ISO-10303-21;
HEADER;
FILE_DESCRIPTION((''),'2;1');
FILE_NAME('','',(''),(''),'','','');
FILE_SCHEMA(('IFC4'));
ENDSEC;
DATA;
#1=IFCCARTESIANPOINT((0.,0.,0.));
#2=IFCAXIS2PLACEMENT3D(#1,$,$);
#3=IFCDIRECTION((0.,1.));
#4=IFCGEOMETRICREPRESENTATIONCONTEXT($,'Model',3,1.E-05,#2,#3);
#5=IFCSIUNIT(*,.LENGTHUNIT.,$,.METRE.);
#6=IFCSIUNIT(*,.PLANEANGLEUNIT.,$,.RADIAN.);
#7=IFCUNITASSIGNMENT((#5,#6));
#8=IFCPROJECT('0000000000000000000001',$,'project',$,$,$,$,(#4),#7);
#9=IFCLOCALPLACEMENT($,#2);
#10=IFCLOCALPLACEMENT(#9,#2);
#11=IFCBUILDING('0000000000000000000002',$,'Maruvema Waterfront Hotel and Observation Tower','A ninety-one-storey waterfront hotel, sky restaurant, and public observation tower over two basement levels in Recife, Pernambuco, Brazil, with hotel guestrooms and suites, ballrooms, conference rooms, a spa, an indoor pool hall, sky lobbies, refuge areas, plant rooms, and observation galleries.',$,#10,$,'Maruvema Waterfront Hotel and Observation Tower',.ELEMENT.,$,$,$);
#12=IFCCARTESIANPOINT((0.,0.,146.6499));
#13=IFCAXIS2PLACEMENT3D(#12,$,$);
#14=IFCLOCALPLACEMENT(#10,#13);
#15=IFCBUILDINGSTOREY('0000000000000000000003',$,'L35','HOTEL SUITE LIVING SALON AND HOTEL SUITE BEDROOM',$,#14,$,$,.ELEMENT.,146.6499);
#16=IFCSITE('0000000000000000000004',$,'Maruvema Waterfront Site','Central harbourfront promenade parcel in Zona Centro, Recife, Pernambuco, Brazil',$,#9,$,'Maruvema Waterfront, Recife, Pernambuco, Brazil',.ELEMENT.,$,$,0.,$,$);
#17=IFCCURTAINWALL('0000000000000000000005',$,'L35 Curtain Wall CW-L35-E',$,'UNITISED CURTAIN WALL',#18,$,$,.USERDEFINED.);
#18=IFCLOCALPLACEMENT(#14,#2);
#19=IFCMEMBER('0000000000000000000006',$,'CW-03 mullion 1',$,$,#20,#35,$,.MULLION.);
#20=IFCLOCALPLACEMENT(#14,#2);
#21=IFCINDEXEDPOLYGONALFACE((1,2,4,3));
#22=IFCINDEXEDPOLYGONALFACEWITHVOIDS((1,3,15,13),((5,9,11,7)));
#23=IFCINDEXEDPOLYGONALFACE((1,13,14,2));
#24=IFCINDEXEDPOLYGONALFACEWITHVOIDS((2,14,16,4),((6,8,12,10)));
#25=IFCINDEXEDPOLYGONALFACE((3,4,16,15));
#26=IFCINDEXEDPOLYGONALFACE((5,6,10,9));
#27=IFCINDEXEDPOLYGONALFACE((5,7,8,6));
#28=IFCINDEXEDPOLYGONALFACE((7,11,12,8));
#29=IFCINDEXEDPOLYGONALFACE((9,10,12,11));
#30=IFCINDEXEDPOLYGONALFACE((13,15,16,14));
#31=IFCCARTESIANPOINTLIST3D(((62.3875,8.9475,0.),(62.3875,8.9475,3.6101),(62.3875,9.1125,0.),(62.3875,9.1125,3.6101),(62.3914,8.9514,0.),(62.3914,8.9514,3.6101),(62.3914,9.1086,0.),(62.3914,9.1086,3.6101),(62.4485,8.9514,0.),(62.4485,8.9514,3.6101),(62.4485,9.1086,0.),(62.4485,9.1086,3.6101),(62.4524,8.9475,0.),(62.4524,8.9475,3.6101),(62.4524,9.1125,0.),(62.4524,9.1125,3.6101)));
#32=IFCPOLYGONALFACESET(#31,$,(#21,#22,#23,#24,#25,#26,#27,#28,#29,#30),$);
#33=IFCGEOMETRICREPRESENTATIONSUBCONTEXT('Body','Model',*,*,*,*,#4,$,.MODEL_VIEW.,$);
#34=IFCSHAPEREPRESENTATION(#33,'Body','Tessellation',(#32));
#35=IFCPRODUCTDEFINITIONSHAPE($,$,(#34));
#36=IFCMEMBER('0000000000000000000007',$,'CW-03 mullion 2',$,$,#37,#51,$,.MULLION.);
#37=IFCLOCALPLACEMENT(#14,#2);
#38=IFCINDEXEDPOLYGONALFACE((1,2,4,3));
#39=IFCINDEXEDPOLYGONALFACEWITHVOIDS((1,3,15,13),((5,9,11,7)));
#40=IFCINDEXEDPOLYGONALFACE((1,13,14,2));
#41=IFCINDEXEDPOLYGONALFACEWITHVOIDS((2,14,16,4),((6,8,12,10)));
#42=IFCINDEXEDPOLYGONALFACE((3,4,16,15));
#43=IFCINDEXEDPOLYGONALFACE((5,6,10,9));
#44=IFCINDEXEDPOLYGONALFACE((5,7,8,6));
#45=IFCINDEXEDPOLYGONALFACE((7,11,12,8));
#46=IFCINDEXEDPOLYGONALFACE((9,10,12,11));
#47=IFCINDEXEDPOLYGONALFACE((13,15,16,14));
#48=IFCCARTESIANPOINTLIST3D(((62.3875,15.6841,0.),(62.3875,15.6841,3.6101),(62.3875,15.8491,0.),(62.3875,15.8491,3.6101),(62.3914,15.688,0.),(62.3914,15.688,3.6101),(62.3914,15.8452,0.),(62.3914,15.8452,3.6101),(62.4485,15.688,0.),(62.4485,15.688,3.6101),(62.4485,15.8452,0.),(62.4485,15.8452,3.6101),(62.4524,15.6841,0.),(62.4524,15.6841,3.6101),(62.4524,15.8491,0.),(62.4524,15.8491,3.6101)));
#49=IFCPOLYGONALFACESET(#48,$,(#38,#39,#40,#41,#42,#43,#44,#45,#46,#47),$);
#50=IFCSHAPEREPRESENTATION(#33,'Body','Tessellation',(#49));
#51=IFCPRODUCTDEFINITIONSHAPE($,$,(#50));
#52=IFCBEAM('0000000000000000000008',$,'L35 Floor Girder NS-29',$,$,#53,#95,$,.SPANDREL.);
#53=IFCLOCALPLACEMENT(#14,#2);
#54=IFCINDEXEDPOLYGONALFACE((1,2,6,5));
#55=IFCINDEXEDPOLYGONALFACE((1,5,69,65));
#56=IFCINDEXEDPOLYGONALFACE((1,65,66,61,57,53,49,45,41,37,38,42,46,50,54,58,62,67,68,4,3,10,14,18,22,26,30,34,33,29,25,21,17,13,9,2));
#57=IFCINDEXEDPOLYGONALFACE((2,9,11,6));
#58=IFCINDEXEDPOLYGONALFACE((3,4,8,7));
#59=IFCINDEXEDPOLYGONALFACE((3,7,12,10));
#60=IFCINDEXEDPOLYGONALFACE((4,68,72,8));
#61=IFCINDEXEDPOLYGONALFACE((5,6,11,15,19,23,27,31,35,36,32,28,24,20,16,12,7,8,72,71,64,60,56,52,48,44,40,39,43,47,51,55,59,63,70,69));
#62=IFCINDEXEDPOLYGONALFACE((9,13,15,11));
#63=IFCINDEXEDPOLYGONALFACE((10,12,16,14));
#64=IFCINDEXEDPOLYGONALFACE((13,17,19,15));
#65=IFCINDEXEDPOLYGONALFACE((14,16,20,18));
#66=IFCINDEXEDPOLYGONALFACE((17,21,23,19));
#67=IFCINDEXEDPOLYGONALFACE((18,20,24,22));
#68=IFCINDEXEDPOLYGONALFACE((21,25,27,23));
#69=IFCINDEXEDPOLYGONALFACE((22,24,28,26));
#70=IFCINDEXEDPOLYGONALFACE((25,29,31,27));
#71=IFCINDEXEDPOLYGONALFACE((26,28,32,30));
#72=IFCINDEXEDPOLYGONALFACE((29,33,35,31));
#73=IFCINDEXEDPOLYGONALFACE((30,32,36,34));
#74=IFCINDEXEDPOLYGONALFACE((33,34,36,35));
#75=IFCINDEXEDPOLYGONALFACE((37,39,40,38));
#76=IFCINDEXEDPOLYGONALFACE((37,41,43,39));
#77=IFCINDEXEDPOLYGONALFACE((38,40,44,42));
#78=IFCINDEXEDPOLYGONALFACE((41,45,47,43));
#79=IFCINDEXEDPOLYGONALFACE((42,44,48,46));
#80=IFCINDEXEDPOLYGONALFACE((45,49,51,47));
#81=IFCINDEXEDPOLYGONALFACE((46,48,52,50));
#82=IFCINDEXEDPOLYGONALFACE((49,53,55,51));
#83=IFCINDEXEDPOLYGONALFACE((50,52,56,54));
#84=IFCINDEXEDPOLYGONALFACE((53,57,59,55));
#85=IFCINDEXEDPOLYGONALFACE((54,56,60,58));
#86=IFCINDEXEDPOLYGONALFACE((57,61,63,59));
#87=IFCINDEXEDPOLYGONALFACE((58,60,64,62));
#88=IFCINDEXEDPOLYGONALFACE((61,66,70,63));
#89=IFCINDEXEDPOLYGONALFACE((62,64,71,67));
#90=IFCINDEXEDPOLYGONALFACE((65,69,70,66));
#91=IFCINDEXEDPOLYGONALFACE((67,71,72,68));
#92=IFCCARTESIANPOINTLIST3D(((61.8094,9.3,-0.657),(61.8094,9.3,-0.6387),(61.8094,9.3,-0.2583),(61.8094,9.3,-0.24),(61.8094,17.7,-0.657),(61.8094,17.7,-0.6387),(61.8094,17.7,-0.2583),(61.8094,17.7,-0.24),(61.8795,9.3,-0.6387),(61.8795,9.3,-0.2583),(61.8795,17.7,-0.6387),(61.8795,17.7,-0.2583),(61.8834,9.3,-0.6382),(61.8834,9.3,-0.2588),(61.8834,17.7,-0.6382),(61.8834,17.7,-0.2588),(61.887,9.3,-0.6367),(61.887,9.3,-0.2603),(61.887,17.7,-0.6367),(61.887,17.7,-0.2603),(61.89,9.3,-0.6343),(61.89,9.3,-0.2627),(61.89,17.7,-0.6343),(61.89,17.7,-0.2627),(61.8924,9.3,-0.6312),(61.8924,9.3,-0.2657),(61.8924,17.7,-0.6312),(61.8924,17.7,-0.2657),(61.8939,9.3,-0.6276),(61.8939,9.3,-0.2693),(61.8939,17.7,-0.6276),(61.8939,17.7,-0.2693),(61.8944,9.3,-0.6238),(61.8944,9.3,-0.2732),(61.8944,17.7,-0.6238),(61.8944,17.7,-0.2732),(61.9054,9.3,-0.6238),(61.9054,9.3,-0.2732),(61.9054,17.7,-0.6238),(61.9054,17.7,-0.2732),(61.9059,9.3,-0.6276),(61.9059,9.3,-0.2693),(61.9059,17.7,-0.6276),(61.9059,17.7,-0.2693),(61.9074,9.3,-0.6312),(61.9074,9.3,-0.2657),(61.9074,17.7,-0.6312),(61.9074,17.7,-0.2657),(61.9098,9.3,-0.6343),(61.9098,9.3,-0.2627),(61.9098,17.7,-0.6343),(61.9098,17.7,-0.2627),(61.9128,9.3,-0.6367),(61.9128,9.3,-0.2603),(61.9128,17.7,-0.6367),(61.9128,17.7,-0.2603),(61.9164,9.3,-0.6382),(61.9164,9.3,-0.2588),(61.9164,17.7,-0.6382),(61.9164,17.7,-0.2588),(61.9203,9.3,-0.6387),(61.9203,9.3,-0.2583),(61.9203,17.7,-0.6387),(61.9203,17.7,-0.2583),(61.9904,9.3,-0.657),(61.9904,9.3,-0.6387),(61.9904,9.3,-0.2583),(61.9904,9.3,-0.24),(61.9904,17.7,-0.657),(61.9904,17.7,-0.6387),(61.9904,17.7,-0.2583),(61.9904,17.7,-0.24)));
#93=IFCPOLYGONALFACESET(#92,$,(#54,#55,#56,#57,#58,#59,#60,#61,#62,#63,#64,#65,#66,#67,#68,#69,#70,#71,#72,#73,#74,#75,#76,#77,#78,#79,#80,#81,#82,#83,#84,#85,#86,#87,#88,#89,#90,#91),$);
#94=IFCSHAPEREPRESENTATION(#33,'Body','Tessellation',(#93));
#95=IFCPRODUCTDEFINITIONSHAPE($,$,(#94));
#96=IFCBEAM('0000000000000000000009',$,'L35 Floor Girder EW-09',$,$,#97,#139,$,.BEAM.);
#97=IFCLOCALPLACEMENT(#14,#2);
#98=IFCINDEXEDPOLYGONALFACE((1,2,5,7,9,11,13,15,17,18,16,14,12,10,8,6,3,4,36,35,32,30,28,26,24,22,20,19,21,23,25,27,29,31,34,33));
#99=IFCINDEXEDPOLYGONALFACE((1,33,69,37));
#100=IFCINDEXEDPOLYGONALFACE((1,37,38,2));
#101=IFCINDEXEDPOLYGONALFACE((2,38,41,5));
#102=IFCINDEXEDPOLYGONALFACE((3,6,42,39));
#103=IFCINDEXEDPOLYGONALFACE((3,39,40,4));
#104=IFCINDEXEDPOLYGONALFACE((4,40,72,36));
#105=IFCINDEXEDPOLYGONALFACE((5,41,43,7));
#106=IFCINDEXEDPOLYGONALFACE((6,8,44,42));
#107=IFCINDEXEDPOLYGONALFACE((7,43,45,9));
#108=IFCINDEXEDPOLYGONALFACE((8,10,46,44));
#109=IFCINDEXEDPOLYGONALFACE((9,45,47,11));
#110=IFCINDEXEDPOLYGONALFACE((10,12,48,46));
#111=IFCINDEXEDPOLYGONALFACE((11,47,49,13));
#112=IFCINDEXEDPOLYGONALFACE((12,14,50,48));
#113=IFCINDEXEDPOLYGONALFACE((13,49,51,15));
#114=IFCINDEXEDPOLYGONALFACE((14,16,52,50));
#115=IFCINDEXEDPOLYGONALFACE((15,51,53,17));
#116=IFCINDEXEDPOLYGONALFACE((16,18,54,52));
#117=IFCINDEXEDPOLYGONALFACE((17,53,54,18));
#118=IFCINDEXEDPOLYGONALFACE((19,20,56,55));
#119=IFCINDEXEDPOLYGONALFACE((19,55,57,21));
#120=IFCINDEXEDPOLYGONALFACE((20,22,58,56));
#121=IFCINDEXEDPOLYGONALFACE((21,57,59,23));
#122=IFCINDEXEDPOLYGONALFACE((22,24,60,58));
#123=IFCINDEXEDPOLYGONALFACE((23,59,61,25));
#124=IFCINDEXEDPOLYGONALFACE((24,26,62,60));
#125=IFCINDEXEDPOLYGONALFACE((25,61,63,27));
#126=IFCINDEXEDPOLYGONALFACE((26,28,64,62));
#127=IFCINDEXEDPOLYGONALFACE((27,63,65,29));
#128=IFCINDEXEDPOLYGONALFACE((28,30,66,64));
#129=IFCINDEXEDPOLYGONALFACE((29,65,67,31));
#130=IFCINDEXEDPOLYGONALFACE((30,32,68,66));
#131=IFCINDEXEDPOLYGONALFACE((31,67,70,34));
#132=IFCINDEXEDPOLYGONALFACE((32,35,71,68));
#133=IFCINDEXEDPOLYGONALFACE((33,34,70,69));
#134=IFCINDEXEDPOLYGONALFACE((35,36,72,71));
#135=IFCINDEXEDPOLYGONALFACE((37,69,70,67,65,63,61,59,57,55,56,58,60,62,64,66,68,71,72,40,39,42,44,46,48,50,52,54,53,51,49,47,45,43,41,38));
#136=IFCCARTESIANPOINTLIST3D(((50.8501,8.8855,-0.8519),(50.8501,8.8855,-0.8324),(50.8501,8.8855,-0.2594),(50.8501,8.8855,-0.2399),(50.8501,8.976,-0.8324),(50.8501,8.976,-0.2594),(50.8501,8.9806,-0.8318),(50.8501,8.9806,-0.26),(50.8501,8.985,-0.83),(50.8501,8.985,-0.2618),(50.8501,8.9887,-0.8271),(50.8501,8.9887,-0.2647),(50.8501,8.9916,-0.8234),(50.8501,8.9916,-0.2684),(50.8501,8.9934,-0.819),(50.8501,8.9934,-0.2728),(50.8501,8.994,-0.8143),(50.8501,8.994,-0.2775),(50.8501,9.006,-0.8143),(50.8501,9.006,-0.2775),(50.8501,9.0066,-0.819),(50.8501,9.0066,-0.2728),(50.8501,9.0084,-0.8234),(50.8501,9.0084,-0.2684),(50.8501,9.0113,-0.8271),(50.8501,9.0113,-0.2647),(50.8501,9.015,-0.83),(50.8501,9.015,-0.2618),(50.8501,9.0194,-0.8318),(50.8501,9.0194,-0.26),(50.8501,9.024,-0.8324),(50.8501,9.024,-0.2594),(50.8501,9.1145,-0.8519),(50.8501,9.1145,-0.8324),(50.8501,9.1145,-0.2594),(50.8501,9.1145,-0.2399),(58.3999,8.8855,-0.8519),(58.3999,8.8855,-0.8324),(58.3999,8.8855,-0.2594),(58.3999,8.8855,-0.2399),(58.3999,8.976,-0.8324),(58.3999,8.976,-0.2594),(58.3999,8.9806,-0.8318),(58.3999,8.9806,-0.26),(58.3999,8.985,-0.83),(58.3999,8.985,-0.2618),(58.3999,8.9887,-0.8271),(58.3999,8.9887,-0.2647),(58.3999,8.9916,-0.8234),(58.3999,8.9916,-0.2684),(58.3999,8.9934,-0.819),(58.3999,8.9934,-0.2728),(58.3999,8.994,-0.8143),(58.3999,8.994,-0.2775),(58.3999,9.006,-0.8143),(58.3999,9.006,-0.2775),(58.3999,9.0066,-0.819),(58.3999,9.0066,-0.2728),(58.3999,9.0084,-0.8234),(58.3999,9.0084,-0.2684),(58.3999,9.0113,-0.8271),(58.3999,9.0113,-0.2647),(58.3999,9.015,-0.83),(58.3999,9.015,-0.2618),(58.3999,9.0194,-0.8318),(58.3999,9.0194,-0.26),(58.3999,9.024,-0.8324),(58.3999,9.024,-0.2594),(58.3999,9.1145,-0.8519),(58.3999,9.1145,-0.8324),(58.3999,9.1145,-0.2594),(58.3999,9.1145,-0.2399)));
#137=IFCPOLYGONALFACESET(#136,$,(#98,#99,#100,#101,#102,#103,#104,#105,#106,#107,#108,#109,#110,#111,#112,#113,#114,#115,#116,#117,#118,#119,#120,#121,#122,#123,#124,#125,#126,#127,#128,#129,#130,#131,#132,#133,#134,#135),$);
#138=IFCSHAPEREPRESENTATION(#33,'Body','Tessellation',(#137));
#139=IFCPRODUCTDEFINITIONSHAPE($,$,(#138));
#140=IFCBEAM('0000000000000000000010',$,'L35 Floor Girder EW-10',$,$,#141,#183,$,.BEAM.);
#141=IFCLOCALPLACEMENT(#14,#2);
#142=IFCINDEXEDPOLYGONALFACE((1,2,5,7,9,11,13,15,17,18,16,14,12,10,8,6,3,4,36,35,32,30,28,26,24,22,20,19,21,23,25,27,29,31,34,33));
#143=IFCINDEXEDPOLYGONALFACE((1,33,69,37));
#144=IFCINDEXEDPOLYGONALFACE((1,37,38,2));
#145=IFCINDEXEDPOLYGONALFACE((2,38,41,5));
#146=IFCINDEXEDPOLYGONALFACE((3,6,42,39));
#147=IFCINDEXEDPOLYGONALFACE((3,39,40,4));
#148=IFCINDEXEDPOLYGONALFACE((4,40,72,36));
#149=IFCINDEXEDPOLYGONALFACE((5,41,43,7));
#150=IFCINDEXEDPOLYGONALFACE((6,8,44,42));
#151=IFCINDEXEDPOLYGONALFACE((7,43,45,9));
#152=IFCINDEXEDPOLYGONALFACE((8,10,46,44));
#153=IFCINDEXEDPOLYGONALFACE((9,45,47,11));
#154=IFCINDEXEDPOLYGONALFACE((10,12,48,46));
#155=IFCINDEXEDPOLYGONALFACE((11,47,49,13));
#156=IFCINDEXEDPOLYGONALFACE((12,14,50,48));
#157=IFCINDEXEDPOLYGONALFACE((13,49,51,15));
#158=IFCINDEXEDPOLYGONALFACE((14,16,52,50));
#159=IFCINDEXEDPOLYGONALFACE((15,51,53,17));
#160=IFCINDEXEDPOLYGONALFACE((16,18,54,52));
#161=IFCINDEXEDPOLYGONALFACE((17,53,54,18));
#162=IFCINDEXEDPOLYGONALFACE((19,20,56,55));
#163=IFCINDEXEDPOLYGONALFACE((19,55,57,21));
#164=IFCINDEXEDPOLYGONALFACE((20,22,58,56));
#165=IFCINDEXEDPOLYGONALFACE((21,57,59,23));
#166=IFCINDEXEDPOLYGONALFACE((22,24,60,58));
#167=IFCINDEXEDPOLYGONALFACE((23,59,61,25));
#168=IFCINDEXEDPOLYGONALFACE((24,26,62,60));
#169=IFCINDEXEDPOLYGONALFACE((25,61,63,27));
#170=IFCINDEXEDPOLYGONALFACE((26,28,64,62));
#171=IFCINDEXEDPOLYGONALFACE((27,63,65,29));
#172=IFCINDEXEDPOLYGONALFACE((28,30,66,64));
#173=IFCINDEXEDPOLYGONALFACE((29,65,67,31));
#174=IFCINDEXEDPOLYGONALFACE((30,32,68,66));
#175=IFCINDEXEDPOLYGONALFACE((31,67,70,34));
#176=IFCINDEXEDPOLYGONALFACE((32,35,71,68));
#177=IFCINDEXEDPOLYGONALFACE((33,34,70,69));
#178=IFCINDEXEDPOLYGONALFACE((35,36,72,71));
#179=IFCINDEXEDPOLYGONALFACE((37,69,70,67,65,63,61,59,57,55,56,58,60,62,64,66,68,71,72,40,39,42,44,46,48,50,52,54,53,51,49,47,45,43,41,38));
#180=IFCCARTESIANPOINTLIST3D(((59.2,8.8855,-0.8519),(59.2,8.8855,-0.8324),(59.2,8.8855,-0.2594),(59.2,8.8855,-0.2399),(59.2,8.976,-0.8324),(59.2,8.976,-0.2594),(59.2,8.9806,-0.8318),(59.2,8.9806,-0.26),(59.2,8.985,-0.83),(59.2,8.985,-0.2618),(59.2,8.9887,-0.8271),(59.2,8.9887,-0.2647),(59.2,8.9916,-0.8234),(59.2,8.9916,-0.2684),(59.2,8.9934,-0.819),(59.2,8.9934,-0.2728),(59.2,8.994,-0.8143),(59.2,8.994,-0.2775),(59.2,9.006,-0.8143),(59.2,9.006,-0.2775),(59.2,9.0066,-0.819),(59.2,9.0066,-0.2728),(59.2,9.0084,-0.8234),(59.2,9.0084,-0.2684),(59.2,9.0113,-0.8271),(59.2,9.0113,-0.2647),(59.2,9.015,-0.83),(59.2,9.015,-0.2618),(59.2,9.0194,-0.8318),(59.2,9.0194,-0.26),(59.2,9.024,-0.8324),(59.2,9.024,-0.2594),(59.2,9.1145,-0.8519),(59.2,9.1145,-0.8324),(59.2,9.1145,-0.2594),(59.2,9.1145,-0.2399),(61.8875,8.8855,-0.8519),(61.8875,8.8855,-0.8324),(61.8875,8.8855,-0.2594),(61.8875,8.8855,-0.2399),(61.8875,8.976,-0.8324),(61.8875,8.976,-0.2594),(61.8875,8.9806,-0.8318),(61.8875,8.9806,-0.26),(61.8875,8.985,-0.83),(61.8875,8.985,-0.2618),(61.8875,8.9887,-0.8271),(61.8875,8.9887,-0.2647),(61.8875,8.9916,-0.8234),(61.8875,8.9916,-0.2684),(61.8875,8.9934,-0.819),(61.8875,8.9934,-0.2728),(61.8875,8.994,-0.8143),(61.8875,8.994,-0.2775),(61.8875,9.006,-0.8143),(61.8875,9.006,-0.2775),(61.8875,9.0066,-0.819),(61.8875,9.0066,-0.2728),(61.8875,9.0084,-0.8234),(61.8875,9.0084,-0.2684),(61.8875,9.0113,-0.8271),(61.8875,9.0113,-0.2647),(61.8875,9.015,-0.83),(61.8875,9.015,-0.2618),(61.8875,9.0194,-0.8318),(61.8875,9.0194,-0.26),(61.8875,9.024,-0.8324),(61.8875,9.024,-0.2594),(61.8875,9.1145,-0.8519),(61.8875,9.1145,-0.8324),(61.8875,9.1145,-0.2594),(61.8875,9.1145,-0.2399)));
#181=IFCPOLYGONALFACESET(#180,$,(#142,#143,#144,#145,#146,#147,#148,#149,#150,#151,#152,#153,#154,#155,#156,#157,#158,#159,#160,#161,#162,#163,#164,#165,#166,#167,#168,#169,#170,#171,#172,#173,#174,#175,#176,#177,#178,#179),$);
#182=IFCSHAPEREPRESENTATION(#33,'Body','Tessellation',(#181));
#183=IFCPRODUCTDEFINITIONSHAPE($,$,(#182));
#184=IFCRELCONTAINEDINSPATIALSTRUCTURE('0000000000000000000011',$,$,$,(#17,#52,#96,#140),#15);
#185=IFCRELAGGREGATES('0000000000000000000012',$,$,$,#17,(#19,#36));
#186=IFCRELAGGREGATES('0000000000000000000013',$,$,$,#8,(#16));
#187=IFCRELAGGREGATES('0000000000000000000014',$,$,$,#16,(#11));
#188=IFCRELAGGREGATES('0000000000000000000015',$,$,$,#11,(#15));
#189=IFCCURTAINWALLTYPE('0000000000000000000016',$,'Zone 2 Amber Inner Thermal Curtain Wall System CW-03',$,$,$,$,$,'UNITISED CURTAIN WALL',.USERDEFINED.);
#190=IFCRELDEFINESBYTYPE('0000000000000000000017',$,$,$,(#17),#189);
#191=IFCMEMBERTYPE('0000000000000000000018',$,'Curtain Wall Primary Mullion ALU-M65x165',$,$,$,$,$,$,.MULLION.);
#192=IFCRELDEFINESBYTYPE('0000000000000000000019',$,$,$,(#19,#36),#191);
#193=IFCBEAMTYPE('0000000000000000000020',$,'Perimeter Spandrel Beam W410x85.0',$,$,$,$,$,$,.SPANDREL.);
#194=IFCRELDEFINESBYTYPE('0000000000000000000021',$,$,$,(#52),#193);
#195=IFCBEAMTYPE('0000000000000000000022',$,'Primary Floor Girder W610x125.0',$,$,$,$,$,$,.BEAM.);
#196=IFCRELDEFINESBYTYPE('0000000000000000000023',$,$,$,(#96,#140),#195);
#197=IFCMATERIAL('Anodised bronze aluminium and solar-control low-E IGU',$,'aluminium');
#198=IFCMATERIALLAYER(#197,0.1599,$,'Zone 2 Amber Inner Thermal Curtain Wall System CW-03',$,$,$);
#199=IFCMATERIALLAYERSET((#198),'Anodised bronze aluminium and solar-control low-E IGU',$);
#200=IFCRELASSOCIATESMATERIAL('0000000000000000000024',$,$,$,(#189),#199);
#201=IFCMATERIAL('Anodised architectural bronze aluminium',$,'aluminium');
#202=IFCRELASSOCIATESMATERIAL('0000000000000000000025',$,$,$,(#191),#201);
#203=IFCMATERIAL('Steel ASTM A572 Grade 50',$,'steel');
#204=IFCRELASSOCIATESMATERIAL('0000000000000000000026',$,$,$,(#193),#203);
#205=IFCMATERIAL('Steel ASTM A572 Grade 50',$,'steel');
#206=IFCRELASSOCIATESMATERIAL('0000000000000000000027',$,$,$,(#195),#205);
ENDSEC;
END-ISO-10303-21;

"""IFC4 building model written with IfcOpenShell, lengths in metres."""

from ifc_helpers import new_model, si_unit, direction, frame, origin, origin_2d, place, context, subcontext, project, spatial, hollow_rectangle, i_section, extrude, material, layer, layer_set, material_profile, profile_set, type_object, element, aggregate, save


model = new_model("IFC4")

# Units and contexts
model_context = context("Model", 3, precision=1e-05, world=origin(), true_north=direction((0.0, 1.0)))
body_context = subcontext(model_context, "Body", "Model", "MODEL_VIEW")
ifc_project = project(units=[si_unit("LENGTHUNIT", "METRE"), si_unit("PLANEANGLEUNIT", "RADIAN")], contexts=[model_context])

# Site, building, storey
site_placement = place(None, origin())
site = spatial("IfcSite", under=ifc_project, at=site_placement, Name="Maruvema Waterfront Site", Description="Central harbourfront promenade parcel in Zona Centro, Recife, Pernambuco, Brazil", LongName="Maruvema Waterfront, Recife, Pernambuco, Brazil", CompositionType="ELEMENT", RefElevation=0.0)
building_placement = place(site_placement, origin())
building = spatial("IfcBuilding", under=site, at=building_placement, Name="Maruvema Waterfront Hotel and Observation Tower", Description="A ninety-one-storey waterfront hotel, sky restaurant, and public observation tower over two basement levels in Recife, Pernambuco, Brazil, with hotel guestrooms and suites, ballrooms, conference rooms, a spa, an indoor pool hall, sky lobbies, refuge areas, plant rooms, and observation galleries.", LongName="Maruvema Waterfront Hotel and Observation Tower", CompositionType="ELEMENT")
storey_placement = place(building_placement, frame((0.0, 0.0, 146.6499)))
storey = spatial("IfcBuildingStorey", under=building, at=storey_placement, Name="L35", Description="HOTEL SUITE LIVING SALON AND HOTEL SUITE BEDROOM", CompositionType="ELEMENT", Elevation=146.6499)

# Curtain wall
ifc_material_1 = material(Name="Anodised bronze aluminium and solar-control low-E IGU", Category="aluminium")
ifc_layer_1 = layer(ifc_material_1, 0.1599, Name="Zone 2 Amber Inner Thermal Curtain Wall System CW-03")
ifc_layer_set_1 = layer_set([ifc_layer_1], Name="Anodised bronze aluminium and solar-control low-E IGU")
curtain_wall_type = type_object("IfcCurtainWallType", Name="Zone 2 Amber Inner Thermal Curtain Wall System CW-03", ElementType="UNITISED CURTAIN WALL", PredefinedType="USERDEFINED", material=ifc_layer_set_1)
curtain_wall_1_placement = place(storey_placement, origin())
curtain_wall_1 = element("IfcCurtainWall", 1, at=curtain_wall_1_placement, inside=storey, type_object=curtain_wall_type, Name="L35 Curtain Wall CW-L35-E", ObjectType="UNITISED CURTAIN WALL", PredefinedType="USERDEFINED")

# Members
ifc_material_2 = material(Name="Anodised architectural bronze aluminium", Category="aluminium")
ifc_material_profile_1 = material_profile(ifc_material_2, hollow_rectangle(XDim=0.0649, YDim=0.165, WallThickness=0.0039, at=origin_2d()), Name="ALU-M65x165")
ifc_profile_set_1 = profile_set([ifc_material_profile_1], Name="Anodised architectural bronze aluminium")
member_type_1 = type_object("IfcMemberType", Name="Curtain Wall Primary Mullion ALU-M65x165", PredefinedType="MULLION", material=ifc_profile_set_1)
member_1_placement = place(storey_placement, frame((62.4199, 9.03, 0.0), z_axis=(0.0, 0.0, 1.0), x_axis=(-1.0, 0.0, 0.0)))
member_1 = element("IfcMember", 2, at=member_1_placement, type_object=member_type_1, Name="CW-03 mullion 1", PredefinedType="MULLION", context=body_context, shape_type="SweptSolid", body=[
    extrude(hollow_rectangle(XDim=0.0649, YDim=0.165, WallThickness=0.0039, at=origin_2d()), origin(), (0.0, 0.0, 1.0), 3.6101),
])
member_2_placement = place(storey_placement, frame((62.4199, 15.7666, 0.0), z_axis=(0.0, 0.0, 1.0), x_axis=(-1.0, 0.0, 0.0)))
member_2 = element("IfcMember", 3, at=member_2_placement, type_object=member_type_1, Name="CW-03 mullion 2", PredefinedType="MULLION", context=body_context, shape_type="SweptSolid", body=[
    extrude(hollow_rectangle(XDim=0.0649, YDim=0.165, WallThickness=0.0039, at=origin_2d()), origin(), (0.0, 0.0, 1.0), 3.6101),
])

# Beams
ifc_material_3 = material(Name="Steel ASTM A572 Grade 50", Category="steel")
ifc_material_profile_2 = material_profile(ifc_material_3, i_section(OverallWidth=0.1809, OverallDepth=0.417, WebThickness=0.011, FlangeThickness=0.0183, FilletRadius=0.0149, at=origin_2d()), Name="W410x85.0")
ifc_profile_set_2 = profile_set([ifc_material_profile_2], Name="Steel ASTM A572 Grade 50")
beam_type_1 = type_object("IfcBeamType", Name="Perimeter Spandrel Beam W410x85.0", PredefinedType="SPANDREL", material=ifc_profile_set_2)
beam_1_placement = place(storey_placement, frame((61.8999, 9.3, -0.4485), z_axis=(0.0, 1.0, 0.0), x_axis=(-1.0, 0.0, 0.0)))
element("IfcBeam", 4, at=beam_1_placement, inside=storey, type_object=beam_type_1, Name="L35 Floor Girder NS-29", PredefinedType="SPANDREL", context=body_context, shape_type="SweptSolid", body=[
    extrude(i_section(OverallWidth=0.1809, OverallDepth=0.417, WebThickness=0.011, FlangeThickness=0.0183, FilletRadius=0.0149, at=origin_2d()), origin(), (0.0, 0.0, 1.0), 8.3999),
])
ifc_material_4 = material(Name="Steel ASTM A572 Grade 50", Category="steel")
ifc_material_profile_3 = material_profile(ifc_material_4, i_section(OverallWidth=0.229, OverallDepth=0.6121, WebThickness=0.012, FlangeThickness=0.0195, FilletRadius=0.0181, at=origin_2d()), Name="W610x125.0")
ifc_profile_set_3 = profile_set([ifc_material_profile_3], Name="Steel ASTM A572 Grade 50")
beam_type_2 = type_object("IfcBeamType", Name="Primary Floor Girder W610x125.0", PredefinedType="BEAM", material=ifc_profile_set_3)
beam_2_placement = place(storey_placement, frame((50.8501, 9.0, -0.5459), z_axis=(1.0, 0.0, 0.0), x_axis=(0.0, 1.0, 0.0)))
element("IfcBeam", 5, at=beam_2_placement, inside=storey, type_object=beam_type_2, Name="L35 Floor Girder EW-09", PredefinedType="BEAM", context=body_context, shape_type="SweptSolid", body=[
    extrude(i_section(OverallWidth=0.229, OverallDepth=0.6121, WebThickness=0.012, FlangeThickness=0.0195, FilletRadius=0.0181, at=origin_2d()), origin(), (0.0, 0.0, 1.0), 7.5498),
])
beam_3_placement = place(storey_placement, frame((59.2, 9.0, -0.5459), z_axis=(1.0, 0.0, 0.0), x_axis=(0.0, 1.0, 0.0)))
element("IfcBeam", 6, at=beam_3_placement, inside=storey, type_object=beam_type_2, Name="L35 Floor Girder EW-10", PredefinedType="BEAM", context=body_context, shape_type="SweptSolid", body=[
    extrude(i_section(OverallWidth=0.229, OverallDepth=0.6121, WebThickness=0.012, FlangeThickness=0.0195, FilletRadius=0.0181, at=origin_2d()), origin(), (0.0, 0.0, 1.0), 2.6875),
])

aggregate(curtain_wall_1, [member_1, member_2])

save(model, "model.ifc")
